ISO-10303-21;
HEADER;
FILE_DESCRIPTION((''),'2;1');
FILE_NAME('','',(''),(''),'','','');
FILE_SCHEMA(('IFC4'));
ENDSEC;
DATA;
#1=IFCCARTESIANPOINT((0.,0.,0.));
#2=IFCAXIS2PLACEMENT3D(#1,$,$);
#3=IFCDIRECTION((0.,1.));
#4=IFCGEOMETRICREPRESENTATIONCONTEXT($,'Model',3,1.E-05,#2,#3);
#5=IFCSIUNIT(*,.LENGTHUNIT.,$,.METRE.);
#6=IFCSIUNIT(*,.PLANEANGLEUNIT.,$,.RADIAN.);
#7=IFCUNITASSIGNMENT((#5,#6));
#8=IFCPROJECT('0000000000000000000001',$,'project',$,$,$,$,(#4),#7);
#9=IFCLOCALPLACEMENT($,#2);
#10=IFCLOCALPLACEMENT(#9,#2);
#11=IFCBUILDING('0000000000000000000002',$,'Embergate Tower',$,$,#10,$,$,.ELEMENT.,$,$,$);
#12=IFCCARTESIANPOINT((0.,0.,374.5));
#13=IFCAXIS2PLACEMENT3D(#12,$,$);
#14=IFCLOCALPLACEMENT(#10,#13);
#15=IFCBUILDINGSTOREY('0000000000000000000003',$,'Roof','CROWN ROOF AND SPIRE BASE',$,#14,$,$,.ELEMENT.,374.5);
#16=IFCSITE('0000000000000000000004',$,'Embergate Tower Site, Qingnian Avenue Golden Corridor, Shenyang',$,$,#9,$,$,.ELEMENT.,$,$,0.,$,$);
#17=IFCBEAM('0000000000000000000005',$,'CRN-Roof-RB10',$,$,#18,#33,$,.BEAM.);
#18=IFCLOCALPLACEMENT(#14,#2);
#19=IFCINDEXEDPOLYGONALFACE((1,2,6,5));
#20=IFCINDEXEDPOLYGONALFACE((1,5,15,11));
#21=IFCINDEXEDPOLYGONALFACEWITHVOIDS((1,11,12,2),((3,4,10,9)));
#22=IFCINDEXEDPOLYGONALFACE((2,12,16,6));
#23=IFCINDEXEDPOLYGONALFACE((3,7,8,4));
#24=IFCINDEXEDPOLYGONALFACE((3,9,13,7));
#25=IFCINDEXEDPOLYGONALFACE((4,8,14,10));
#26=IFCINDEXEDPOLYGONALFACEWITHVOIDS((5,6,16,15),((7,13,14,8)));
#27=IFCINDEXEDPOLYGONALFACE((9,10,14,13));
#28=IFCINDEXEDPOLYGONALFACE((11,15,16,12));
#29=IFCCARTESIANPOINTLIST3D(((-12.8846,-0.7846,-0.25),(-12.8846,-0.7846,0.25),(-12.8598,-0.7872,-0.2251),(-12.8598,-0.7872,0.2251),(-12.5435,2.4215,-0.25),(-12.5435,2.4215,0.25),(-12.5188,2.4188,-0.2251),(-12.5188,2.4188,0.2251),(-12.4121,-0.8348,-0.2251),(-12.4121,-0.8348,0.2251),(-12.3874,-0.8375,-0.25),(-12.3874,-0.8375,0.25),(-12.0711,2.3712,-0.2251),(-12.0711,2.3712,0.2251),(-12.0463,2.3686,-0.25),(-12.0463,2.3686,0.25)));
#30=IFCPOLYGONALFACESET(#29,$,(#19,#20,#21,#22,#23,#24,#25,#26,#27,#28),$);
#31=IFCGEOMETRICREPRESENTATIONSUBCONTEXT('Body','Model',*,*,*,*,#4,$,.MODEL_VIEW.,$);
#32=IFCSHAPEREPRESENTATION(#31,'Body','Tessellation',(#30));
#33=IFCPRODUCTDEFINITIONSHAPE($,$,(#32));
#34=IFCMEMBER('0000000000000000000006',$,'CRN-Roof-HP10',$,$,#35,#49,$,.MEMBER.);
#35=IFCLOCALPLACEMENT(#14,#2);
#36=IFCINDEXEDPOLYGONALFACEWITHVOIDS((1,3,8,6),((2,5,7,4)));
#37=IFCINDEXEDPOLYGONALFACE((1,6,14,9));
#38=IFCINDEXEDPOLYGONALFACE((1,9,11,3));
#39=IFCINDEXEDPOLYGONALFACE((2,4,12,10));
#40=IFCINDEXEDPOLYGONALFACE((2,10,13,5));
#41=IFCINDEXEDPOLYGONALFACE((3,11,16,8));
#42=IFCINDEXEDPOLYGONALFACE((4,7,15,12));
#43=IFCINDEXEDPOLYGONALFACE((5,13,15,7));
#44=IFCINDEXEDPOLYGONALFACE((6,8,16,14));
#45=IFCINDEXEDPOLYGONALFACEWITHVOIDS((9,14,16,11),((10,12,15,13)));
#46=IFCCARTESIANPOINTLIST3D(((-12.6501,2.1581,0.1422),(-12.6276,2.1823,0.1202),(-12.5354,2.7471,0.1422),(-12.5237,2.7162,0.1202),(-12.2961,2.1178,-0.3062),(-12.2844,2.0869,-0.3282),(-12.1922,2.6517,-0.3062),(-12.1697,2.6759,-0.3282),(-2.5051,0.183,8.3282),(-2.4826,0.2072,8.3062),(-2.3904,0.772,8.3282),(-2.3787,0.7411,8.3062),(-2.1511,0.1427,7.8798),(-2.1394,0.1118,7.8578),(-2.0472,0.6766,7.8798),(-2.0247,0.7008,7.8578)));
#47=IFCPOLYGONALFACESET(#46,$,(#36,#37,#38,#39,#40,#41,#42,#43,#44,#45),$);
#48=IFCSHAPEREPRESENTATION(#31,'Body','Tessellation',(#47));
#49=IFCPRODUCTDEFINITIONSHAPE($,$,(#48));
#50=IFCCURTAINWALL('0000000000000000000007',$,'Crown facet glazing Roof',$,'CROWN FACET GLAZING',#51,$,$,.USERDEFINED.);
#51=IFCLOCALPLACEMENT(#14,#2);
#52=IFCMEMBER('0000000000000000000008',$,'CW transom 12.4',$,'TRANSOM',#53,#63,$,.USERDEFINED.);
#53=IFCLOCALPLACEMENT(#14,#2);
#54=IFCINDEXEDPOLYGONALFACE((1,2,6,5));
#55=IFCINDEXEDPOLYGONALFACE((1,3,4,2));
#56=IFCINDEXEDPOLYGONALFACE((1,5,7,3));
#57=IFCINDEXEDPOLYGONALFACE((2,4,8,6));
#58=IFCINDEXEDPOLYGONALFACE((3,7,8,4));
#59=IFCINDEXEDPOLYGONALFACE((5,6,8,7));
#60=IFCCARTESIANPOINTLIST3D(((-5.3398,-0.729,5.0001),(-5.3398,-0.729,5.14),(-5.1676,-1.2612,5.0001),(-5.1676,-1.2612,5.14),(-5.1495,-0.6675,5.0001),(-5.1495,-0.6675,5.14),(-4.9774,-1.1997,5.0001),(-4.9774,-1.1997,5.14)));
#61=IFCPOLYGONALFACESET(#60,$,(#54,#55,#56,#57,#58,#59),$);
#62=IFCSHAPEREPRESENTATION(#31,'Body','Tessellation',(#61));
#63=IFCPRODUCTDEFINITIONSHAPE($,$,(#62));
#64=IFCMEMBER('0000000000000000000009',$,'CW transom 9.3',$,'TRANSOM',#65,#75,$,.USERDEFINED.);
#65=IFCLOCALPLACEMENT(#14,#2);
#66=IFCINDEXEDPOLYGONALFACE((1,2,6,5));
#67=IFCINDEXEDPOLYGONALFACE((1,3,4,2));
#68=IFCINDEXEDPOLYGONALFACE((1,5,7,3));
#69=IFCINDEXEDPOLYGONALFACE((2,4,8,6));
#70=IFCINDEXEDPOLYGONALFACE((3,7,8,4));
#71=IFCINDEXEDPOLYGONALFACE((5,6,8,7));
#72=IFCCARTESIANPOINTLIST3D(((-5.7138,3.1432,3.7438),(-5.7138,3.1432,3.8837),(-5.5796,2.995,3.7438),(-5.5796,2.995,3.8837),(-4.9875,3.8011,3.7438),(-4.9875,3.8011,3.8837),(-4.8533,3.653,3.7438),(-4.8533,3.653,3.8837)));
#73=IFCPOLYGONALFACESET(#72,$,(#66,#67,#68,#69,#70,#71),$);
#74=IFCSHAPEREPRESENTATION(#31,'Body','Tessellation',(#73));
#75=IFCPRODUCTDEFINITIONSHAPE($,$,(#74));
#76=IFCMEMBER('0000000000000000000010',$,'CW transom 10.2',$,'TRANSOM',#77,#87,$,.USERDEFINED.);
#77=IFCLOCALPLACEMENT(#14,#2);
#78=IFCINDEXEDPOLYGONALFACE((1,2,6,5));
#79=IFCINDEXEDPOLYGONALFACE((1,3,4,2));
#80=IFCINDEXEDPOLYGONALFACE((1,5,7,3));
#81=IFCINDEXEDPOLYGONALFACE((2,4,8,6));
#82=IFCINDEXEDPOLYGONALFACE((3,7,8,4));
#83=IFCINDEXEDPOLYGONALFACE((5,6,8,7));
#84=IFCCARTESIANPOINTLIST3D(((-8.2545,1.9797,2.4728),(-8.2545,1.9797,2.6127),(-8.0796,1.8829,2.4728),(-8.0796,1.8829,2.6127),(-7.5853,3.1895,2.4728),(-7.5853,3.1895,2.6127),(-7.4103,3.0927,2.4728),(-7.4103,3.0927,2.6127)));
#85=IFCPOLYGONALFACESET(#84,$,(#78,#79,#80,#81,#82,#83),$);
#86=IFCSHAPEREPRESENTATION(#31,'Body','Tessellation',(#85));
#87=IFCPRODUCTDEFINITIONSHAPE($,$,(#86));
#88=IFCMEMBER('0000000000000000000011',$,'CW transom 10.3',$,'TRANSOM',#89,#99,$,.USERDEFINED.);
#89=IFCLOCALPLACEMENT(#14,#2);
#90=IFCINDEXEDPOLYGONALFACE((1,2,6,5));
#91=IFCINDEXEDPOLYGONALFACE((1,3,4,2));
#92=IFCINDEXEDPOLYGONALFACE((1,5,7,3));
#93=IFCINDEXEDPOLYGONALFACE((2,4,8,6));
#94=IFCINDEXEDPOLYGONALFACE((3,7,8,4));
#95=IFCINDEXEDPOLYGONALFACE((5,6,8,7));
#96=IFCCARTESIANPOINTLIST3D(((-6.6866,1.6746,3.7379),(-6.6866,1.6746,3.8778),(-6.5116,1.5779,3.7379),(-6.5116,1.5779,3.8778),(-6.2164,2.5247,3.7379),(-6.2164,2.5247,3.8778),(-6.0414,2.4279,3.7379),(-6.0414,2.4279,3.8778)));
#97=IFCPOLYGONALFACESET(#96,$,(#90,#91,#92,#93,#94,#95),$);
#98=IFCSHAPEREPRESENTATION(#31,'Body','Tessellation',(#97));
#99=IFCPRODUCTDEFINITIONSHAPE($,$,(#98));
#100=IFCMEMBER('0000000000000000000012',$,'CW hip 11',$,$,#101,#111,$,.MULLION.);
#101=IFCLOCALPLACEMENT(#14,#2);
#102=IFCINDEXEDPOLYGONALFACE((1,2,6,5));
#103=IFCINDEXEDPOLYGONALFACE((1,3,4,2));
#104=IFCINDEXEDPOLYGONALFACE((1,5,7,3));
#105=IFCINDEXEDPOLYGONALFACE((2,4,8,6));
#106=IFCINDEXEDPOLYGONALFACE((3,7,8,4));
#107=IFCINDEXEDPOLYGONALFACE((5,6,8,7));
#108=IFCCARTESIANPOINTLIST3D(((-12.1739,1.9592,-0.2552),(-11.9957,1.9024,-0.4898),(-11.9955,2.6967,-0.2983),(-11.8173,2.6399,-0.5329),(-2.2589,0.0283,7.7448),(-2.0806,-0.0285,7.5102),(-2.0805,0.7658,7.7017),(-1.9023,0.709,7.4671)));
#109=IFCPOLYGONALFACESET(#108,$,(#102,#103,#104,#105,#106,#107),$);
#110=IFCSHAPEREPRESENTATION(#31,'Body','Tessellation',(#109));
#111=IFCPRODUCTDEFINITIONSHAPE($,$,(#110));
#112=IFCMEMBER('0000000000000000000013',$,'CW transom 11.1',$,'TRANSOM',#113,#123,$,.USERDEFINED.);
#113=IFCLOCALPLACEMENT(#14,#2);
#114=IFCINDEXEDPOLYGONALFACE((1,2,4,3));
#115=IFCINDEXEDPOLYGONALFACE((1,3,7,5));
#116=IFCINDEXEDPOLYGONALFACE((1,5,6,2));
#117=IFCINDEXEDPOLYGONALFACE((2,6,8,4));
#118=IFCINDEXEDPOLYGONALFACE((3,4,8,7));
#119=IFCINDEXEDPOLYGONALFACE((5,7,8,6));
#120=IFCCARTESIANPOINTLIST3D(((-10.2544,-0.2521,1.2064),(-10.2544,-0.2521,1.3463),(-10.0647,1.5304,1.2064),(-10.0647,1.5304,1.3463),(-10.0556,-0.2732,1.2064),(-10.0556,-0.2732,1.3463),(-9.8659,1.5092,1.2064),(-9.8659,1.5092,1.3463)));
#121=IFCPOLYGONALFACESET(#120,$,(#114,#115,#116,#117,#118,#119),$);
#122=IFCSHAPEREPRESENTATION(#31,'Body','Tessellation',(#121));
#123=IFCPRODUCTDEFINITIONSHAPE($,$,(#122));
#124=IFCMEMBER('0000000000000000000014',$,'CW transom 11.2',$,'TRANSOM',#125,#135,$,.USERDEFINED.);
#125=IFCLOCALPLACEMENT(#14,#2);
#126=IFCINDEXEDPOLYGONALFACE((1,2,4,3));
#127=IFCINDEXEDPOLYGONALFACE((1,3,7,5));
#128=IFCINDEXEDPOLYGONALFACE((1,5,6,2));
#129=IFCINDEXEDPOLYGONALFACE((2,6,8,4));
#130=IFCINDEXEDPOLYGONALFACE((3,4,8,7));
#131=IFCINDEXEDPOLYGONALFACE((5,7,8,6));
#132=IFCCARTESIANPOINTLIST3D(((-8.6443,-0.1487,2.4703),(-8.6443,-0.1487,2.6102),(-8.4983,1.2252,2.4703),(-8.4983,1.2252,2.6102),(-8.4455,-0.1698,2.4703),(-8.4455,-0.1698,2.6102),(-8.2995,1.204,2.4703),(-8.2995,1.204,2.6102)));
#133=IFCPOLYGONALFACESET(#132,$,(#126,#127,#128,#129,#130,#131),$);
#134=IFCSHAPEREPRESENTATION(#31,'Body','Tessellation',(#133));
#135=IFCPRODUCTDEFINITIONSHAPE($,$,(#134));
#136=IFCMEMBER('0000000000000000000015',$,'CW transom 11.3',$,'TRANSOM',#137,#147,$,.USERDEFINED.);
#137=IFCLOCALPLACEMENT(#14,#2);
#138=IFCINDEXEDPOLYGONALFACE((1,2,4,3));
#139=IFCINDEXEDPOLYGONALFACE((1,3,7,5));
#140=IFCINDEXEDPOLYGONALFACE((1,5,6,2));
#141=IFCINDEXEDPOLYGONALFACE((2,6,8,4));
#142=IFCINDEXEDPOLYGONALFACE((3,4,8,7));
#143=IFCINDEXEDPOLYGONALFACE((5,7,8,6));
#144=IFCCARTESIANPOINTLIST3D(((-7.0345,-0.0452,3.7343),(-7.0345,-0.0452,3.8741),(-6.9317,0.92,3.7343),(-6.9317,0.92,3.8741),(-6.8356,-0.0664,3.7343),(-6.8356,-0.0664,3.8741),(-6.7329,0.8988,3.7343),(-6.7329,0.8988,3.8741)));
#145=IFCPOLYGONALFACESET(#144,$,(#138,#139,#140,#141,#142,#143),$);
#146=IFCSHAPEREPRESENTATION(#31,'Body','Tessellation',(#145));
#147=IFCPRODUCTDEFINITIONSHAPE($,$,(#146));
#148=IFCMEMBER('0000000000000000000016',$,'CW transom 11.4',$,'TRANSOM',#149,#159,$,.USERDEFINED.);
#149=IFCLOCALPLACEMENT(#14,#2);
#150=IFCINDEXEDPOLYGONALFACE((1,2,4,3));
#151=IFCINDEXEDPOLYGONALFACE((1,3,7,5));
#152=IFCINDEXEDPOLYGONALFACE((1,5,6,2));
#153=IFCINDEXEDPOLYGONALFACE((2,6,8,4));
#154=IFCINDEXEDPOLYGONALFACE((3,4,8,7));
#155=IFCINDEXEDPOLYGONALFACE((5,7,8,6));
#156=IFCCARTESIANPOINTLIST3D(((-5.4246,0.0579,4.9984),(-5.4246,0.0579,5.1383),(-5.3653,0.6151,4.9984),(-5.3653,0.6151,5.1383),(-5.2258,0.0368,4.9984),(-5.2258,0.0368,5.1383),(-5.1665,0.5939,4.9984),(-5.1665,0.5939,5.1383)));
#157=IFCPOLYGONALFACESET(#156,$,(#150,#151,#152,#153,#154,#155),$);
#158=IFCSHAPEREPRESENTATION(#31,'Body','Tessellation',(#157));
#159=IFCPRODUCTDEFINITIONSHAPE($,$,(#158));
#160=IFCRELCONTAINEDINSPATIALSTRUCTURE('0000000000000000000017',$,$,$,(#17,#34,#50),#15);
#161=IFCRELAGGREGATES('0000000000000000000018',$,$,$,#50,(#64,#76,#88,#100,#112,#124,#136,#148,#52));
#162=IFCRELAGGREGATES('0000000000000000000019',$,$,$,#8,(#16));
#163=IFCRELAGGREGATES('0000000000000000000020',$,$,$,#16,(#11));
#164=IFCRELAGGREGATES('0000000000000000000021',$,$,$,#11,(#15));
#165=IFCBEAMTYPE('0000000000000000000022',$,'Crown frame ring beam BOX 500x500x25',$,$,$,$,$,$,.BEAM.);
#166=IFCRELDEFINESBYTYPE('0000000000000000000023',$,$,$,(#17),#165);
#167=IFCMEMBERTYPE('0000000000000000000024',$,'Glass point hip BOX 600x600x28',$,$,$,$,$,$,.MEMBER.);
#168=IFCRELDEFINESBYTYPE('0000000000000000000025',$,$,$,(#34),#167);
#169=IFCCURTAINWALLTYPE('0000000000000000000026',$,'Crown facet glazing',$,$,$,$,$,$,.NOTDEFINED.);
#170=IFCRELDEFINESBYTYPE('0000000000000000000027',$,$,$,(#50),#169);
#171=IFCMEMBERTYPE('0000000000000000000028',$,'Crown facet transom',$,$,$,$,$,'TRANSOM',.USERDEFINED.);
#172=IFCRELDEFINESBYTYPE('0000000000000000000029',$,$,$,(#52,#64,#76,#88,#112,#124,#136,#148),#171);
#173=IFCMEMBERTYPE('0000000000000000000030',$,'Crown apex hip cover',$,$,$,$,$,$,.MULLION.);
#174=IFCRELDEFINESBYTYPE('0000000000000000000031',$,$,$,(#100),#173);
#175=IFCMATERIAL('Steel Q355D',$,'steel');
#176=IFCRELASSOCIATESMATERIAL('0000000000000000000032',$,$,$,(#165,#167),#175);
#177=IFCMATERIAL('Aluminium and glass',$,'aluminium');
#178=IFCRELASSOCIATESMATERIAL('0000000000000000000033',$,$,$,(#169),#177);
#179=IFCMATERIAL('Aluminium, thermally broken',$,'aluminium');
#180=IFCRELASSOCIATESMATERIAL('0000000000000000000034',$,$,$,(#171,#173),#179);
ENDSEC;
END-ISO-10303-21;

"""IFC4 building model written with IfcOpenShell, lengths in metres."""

from ifc_helpers import new_model, si_unit, direction, frame, origin, origin_2d, place, context, subcontext, project, spatial, rectangle, hollow_rectangle, extrude, source, transform, mapped, material, material_profile, profile_set, type_object, element, aggregate, save


model = new_model("IFC4")

# Units and contexts
model_context = context("Model", 3, precision=1e-05, world=origin(), true_north=direction((0.0, 1.0)))
body_context = subcontext(model_context, "Body", "Model", "MODEL_VIEW")
ifc_project = project(units=[si_unit("LENGTHUNIT", "METRE"), si_unit("PLANEANGLEUNIT", "RADIAN")], contexts=[model_context])

# Site, building, storey
site_placement = place(None, origin())
site = spatial("IfcSite", under=ifc_project, at=site_placement, Name="Embergate Tower Site, Qingnian Avenue Golden Corridor, Shenyang", CompositionType="ELEMENT", RefElevation=0.0)
building_placement = place(site_placement, origin())
building = spatial("IfcBuilding", under=site, at=building_placement, Name="Embergate Tower", CompositionType="ELEMENT")
storey_placement = place(building_placement, frame((0.0, 0.0, 374.5)))
storey = spatial("IfcBuildingStorey", under=building, at=storey_placement, Name="Roof", Description="CROWN ROOF AND SPIRE BASE", CompositionType="ELEMENT", Elevation=374.5)

# Beam
ifc_material_1 = material(Name="Steel Q355D", Category="steel")
ifc_material_profile_1 = material_profile(ifc_material_1, hollow_rectangle(XDim=0.5, YDim=0.5, WallThickness=0.0249, at=origin_2d()), Name="BOX 500x500x25")
ifc_profile_set_1 = profile_set([ifc_material_profile_1], Name="Steel Q355 grade D")
beam_type = type_object("IfcBeamType", Name="Crown frame ring beam BOX 500x500x25", PredefinedType="BEAM", material=ifc_profile_set_1)
shared_shape_1 = source(origin(), body_context, "Body", "SweptSolid", [
    extrude(hollow_rectangle(XDim=0.5, YDim=0.5, WallThickness=0.0249, at=origin_2d()), origin(), (0.0, 0.0, 1.0), 3.2241),
])
beam_placement = place(storey_placement, frame((-12.2949, 2.395, 0.0), z_axis=(-0.105784, -0.994389, 0.0), x_axis=(0.994389, -0.105784, 0.0)))
element("IfcBeam", 1, at=beam_placement, inside=storey, type_object=beam_type, Name="CRN-Roof-RB10", PredefinedType="BEAM", context=body_context, shape_type="MappedRepresentation", body=[
    mapped(shared_shape_1, transform((0.0, 0.0, 0.0))),
])

# Member
ifc_material_profile_2 = material_profile(ifc_material_1, hollow_rectangle(XDim=0.6001, YDim=0.6001, WallThickness=0.0281, at=origin_2d()), Name="BOX 600x600x28")
ifc_profile_set_2 = profile_set([ifc_material_profile_2], Name="Steel Q355 grade D")
member_type_1 = type_object("IfcMemberType", Name="Glass point hip BOX 600x600x28", PredefinedType="MEMBER", material=ifc_profile_set_2)
shared_shape_2 = source(origin(), body_context, "Body", "SweptSolid", [
    extrude(hollow_rectangle(XDim=0.6001, YDim=0.6001, WallThickness=0.0281, at=origin_2d()), origin(), (0.0, 0.0, 1.0), 13.1846),
])
member_1_placement = place(storey_placement, frame((-12.4099, 2.417, -0.093), z_axis=(0.76946, -0.149803, 0.620879), x_axis=(0.191099, 0.981571, 0.0)))
element("IfcMember", 2, at=member_1_placement, inside=storey, type_object=member_type_1, Name="CRN-Roof-HP10", PredefinedType="MEMBER", context=body_context, shape_type="MappedRepresentation", body=[
    mapped(shared_shape_2, transform((0.0, 0.0, 0.0))),
])

# Curtain wall, members
ifc_material_2 = material(Name="Aluminium and glass", Category="aluminium")
curtain_wall_type = type_object("IfcCurtainWallType", Name="Crown facet glazing", PredefinedType="NOTDEFINED", material=ifc_material_2)
curtain_wall_placement = place(storey_placement, origin())
curtain_wall = element("IfcCurtainWall", 3, at=curtain_wall_placement, inside=storey, type_object=curtain_wall_type, Name="Crown facet glazing Roof", ObjectType="CROWN FACET GLAZING", PredefinedType="USERDEFINED")
ifc_material_3 = material(Name="Aluminium, thermally broken", Category="aluminium")
ifc_material_profile_3 = material_profile(ifc_material_3, rectangle(XDim=0.2, YDim=0.1399, at=origin_2d()), Name="AL 140x200")
ifc_profile_set_3 = profile_set([ifc_material_profile_3], Name="Aluminium, thermally broken")
member_type_2 = type_object("IfcMemberType", Name="Crown facet transom", ElementType="TRANSOM", PredefinedType="USERDEFINED", material=ifc_profile_set_3)
shared_shape_3 = source(origin(), body_context, "Body", "SweptSolid", [
    extrude(rectangle(XDim=0.2, YDim=0.1399, at=origin_2d()), origin(), (0.0, 0.0, 1.0), 0.5593),
])
member_2_placement = place(storey_placement, frame((-5.2446, -0.6982, 5.0701), z_axis=(0.307704, -0.951482, 0.0), x_axis=(0.951482, 0.307704, 0.0)))
member_2 = element("IfcMember", 4, at=member_2_placement, type_object=member_type_2, Name="CW transom 12.4", ObjectType="TRANSOM", PredefinedType="USERDEFINED", context=body_context, shape_type="MappedRepresentation", body=[
    mapped(shared_shape_3, transform((0.0, 0.0, 0.0))),
])
shared_shape_4 = source(origin(), body_context, "Body", "SweptSolid", [
    extrude(rectangle(XDim=0.2, YDim=0.1399, at=origin_2d()), origin(), (0.0, 0.0, 1.0), 0.98),
])
member_3_placement = place(storey_placement, frame((-4.9204, 3.7271, 3.8137), z_axis=(-0.741123, -0.67137, 0.0), x_axis=(0.67137, -0.741123, 0.0)))
member_3 = element("IfcMember", 5, at=member_3_placement, type_object=member_type_2, Name="CW transom 9.3", ObjectType="TRANSOM", PredefinedType="USERDEFINED", context=body_context, shape_type="MappedRepresentation", body=[
    mapped(shared_shape_4, transform((0.0, 0.0, 0.0))),
])
shared_shape_5 = source(origin(), body_context, "Body", "SweptSolid", [
    extrude(rectangle(XDim=0.2, YDim=0.1399, at=origin_2d()), origin(), (0.0, 0.0, 1.0), 1.3826),
])
member_4_placement = place(storey_placement, frame((-7.4978, 3.1411, 2.5427), z_axis=(-0.484053, -0.875039, 0.0), x_axis=(0.875039, -0.484053, 0.0)))
member_4 = element("IfcMember", 6, at=member_4_placement, type_object=member_type_2, Name="CW transom 10.2", ObjectType="TRANSOM", PredefinedType="USERDEFINED", context=body_context, shape_type="MappedRepresentation", body=[
    mapped(shared_shape_5, transform((0.0, 0.0, 0.0))),
])
shared_shape_6 = source(origin(), body_context, "Body", "SweptSolid", [
    extrude(rectangle(XDim=0.2, YDim=0.1399, at=origin_2d()), origin(), (0.0, 0.0, 1.0), 0.9714),
])
member_5_placement = place(storey_placement, frame((-6.1289, 2.4763, 3.8079), z_axis=(-0.48402, -0.875057, 0.0), x_axis=(0.875057, -0.48402, 0.0)))
member_5 = element("IfcMember", 7, at=member_5_placement, type_object=member_type_2, Name="CW transom 10.3", ObjectType="TRANSOM", PredefinedType="USERDEFINED", context=body_context, shape_type="MappedRepresentation", body=[
    mapped(shared_shape_6, transform((0.0, 0.0, 0.0))),
])
ifc_material_profile_4 = material_profile(ifc_material_3, rectangle(XDim=0.3, YDim=0.76, at=origin_2d()), Name="AL 760x300")
ifc_profile_set_4 = profile_set([ifc_material_profile_4], Name="Aluminium, thermally broken")
member_type_3 = type_object("IfcMemberType", Name="Crown apex hip cover", PredefinedType="MULLION", material=ifc_profile_set_4)
shared_shape_7 = source(origin(), body_context, "Body", "SweptSolid", [
    extrude(rectangle(XDim=0.3, YDim=0.76, at=origin_2d()), origin(), (0.0, 0.0, 1.0), 12.8855),
])
member_6_placement = place(storey_placement, frame((-11.9956, 2.2996, -0.394), z_axis=(0.769472, -0.149851, 0.620852), x_axis=(-0.594009, 0.189252, 0.781881)))
member_6 = element("IfcMember", 8, at=member_6_placement, type_object=member_type_3, Name="CW hip 11", PredefinedType="MULLION", context=body_context, shape_type="MappedRepresentation", body=[
    mapped(shared_shape_7, transform((0.0, 0.0, 0.0))),
])
shared_shape_8 = source(origin(), body_context, "Body", "SweptSolid", [
    extrude(rectangle(XDim=0.2, YDim=0.1399, at=origin_2d()), origin(), (0.0, 0.0, 1.0), 1.7925),
])
member_7_placement = place(storey_placement, frame((-9.9653, 1.5198, 1.2764), z_axis=(-0.105826, -0.994385, 0.0), x_axis=(0.994385, -0.105826, 0.0)))
member_7 = element("IfcMember", 9, at=member_7_placement, type_object=member_type_2, Name="CW transom 11.1", ObjectType="TRANSOM", PredefinedType="USERDEFINED", context=body_context, shape_type="MappedRepresentation", body=[
    mapped(shared_shape_8, transform((0.0, 0.0, 0.0))),
])
shared_shape_9 = source(origin(), body_context, "Body", "SweptSolid", [
    extrude(rectangle(XDim=0.2, YDim=0.1399, at=origin_2d()), origin(), (0.0, 0.0, 1.0), 1.3816),
])
member_8_placement = place(storey_placement, frame((-8.3989, 1.2146, 2.5403), z_axis=(-0.105678, -0.9944, 0.0), x_axis=(0.9944, -0.105678, 0.0)))
member_8 = element("IfcMember", 10, at=member_8_placement, type_object=member_type_2, Name="CW transom 11.2", ObjectType="TRANSOM", PredefinedType="USERDEFINED", context=body_context, shape_type="MappedRepresentation", body=[
    mapped(shared_shape_9, transform((0.0, 0.0, 0.0))),
])
shared_shape_10 = source(origin(), body_context, "Body", "SweptSolid", [
    extrude(rectangle(XDim=0.2, YDim=0.1399, at=origin_2d()), origin(), (0.0, 0.0, 1.0), 0.9707),
])
member_9_placement = place(storey_placement, frame((-6.8323, 0.9094, 3.8042), z_axis=(-0.105876, -0.994379, 0.0), x_axis=(0.994379, -0.105876, 0.0)))
member_9 = element("IfcMember", 11, at=member_9_placement, type_object=member_type_2, Name="CW transom 11.3", ObjectType="TRANSOM", PredefinedType="USERDEFINED", context=body_context, shape_type="MappedRepresentation", body=[
    mapped(shared_shape_10, transform((0.0, 0.0, 0.0))),
])
shared_shape_11 = source(origin(), body_context, "Body", "SweptSolid", [
    extrude(rectangle(XDim=0.2, YDim=0.1399, at=origin_2d()), origin(), (0.0, 0.0, 1.0), 0.5603),
])
member_10_placement = place(storey_placement, frame((-5.2659, 0.6045, 5.0684), z_axis=(-0.105887, -0.994378, 0.0), x_axis=(0.994378, -0.105887, 0.0)))
member_10 = element("IfcMember", 12, at=member_10_placement, type_object=member_type_2, Name="CW transom 11.4", ObjectType="TRANSOM", PredefinedType="USERDEFINED", context=body_context, shape_type="MappedRepresentation", body=[
    mapped(shared_shape_11, transform((0.0, 0.0, 0.0))),
])
aggregate(curtain_wall, [member_3, member_4, member_5, member_6, member_7, member_8, member_9, member_10, member_2])

save(model, "model.ifc")
